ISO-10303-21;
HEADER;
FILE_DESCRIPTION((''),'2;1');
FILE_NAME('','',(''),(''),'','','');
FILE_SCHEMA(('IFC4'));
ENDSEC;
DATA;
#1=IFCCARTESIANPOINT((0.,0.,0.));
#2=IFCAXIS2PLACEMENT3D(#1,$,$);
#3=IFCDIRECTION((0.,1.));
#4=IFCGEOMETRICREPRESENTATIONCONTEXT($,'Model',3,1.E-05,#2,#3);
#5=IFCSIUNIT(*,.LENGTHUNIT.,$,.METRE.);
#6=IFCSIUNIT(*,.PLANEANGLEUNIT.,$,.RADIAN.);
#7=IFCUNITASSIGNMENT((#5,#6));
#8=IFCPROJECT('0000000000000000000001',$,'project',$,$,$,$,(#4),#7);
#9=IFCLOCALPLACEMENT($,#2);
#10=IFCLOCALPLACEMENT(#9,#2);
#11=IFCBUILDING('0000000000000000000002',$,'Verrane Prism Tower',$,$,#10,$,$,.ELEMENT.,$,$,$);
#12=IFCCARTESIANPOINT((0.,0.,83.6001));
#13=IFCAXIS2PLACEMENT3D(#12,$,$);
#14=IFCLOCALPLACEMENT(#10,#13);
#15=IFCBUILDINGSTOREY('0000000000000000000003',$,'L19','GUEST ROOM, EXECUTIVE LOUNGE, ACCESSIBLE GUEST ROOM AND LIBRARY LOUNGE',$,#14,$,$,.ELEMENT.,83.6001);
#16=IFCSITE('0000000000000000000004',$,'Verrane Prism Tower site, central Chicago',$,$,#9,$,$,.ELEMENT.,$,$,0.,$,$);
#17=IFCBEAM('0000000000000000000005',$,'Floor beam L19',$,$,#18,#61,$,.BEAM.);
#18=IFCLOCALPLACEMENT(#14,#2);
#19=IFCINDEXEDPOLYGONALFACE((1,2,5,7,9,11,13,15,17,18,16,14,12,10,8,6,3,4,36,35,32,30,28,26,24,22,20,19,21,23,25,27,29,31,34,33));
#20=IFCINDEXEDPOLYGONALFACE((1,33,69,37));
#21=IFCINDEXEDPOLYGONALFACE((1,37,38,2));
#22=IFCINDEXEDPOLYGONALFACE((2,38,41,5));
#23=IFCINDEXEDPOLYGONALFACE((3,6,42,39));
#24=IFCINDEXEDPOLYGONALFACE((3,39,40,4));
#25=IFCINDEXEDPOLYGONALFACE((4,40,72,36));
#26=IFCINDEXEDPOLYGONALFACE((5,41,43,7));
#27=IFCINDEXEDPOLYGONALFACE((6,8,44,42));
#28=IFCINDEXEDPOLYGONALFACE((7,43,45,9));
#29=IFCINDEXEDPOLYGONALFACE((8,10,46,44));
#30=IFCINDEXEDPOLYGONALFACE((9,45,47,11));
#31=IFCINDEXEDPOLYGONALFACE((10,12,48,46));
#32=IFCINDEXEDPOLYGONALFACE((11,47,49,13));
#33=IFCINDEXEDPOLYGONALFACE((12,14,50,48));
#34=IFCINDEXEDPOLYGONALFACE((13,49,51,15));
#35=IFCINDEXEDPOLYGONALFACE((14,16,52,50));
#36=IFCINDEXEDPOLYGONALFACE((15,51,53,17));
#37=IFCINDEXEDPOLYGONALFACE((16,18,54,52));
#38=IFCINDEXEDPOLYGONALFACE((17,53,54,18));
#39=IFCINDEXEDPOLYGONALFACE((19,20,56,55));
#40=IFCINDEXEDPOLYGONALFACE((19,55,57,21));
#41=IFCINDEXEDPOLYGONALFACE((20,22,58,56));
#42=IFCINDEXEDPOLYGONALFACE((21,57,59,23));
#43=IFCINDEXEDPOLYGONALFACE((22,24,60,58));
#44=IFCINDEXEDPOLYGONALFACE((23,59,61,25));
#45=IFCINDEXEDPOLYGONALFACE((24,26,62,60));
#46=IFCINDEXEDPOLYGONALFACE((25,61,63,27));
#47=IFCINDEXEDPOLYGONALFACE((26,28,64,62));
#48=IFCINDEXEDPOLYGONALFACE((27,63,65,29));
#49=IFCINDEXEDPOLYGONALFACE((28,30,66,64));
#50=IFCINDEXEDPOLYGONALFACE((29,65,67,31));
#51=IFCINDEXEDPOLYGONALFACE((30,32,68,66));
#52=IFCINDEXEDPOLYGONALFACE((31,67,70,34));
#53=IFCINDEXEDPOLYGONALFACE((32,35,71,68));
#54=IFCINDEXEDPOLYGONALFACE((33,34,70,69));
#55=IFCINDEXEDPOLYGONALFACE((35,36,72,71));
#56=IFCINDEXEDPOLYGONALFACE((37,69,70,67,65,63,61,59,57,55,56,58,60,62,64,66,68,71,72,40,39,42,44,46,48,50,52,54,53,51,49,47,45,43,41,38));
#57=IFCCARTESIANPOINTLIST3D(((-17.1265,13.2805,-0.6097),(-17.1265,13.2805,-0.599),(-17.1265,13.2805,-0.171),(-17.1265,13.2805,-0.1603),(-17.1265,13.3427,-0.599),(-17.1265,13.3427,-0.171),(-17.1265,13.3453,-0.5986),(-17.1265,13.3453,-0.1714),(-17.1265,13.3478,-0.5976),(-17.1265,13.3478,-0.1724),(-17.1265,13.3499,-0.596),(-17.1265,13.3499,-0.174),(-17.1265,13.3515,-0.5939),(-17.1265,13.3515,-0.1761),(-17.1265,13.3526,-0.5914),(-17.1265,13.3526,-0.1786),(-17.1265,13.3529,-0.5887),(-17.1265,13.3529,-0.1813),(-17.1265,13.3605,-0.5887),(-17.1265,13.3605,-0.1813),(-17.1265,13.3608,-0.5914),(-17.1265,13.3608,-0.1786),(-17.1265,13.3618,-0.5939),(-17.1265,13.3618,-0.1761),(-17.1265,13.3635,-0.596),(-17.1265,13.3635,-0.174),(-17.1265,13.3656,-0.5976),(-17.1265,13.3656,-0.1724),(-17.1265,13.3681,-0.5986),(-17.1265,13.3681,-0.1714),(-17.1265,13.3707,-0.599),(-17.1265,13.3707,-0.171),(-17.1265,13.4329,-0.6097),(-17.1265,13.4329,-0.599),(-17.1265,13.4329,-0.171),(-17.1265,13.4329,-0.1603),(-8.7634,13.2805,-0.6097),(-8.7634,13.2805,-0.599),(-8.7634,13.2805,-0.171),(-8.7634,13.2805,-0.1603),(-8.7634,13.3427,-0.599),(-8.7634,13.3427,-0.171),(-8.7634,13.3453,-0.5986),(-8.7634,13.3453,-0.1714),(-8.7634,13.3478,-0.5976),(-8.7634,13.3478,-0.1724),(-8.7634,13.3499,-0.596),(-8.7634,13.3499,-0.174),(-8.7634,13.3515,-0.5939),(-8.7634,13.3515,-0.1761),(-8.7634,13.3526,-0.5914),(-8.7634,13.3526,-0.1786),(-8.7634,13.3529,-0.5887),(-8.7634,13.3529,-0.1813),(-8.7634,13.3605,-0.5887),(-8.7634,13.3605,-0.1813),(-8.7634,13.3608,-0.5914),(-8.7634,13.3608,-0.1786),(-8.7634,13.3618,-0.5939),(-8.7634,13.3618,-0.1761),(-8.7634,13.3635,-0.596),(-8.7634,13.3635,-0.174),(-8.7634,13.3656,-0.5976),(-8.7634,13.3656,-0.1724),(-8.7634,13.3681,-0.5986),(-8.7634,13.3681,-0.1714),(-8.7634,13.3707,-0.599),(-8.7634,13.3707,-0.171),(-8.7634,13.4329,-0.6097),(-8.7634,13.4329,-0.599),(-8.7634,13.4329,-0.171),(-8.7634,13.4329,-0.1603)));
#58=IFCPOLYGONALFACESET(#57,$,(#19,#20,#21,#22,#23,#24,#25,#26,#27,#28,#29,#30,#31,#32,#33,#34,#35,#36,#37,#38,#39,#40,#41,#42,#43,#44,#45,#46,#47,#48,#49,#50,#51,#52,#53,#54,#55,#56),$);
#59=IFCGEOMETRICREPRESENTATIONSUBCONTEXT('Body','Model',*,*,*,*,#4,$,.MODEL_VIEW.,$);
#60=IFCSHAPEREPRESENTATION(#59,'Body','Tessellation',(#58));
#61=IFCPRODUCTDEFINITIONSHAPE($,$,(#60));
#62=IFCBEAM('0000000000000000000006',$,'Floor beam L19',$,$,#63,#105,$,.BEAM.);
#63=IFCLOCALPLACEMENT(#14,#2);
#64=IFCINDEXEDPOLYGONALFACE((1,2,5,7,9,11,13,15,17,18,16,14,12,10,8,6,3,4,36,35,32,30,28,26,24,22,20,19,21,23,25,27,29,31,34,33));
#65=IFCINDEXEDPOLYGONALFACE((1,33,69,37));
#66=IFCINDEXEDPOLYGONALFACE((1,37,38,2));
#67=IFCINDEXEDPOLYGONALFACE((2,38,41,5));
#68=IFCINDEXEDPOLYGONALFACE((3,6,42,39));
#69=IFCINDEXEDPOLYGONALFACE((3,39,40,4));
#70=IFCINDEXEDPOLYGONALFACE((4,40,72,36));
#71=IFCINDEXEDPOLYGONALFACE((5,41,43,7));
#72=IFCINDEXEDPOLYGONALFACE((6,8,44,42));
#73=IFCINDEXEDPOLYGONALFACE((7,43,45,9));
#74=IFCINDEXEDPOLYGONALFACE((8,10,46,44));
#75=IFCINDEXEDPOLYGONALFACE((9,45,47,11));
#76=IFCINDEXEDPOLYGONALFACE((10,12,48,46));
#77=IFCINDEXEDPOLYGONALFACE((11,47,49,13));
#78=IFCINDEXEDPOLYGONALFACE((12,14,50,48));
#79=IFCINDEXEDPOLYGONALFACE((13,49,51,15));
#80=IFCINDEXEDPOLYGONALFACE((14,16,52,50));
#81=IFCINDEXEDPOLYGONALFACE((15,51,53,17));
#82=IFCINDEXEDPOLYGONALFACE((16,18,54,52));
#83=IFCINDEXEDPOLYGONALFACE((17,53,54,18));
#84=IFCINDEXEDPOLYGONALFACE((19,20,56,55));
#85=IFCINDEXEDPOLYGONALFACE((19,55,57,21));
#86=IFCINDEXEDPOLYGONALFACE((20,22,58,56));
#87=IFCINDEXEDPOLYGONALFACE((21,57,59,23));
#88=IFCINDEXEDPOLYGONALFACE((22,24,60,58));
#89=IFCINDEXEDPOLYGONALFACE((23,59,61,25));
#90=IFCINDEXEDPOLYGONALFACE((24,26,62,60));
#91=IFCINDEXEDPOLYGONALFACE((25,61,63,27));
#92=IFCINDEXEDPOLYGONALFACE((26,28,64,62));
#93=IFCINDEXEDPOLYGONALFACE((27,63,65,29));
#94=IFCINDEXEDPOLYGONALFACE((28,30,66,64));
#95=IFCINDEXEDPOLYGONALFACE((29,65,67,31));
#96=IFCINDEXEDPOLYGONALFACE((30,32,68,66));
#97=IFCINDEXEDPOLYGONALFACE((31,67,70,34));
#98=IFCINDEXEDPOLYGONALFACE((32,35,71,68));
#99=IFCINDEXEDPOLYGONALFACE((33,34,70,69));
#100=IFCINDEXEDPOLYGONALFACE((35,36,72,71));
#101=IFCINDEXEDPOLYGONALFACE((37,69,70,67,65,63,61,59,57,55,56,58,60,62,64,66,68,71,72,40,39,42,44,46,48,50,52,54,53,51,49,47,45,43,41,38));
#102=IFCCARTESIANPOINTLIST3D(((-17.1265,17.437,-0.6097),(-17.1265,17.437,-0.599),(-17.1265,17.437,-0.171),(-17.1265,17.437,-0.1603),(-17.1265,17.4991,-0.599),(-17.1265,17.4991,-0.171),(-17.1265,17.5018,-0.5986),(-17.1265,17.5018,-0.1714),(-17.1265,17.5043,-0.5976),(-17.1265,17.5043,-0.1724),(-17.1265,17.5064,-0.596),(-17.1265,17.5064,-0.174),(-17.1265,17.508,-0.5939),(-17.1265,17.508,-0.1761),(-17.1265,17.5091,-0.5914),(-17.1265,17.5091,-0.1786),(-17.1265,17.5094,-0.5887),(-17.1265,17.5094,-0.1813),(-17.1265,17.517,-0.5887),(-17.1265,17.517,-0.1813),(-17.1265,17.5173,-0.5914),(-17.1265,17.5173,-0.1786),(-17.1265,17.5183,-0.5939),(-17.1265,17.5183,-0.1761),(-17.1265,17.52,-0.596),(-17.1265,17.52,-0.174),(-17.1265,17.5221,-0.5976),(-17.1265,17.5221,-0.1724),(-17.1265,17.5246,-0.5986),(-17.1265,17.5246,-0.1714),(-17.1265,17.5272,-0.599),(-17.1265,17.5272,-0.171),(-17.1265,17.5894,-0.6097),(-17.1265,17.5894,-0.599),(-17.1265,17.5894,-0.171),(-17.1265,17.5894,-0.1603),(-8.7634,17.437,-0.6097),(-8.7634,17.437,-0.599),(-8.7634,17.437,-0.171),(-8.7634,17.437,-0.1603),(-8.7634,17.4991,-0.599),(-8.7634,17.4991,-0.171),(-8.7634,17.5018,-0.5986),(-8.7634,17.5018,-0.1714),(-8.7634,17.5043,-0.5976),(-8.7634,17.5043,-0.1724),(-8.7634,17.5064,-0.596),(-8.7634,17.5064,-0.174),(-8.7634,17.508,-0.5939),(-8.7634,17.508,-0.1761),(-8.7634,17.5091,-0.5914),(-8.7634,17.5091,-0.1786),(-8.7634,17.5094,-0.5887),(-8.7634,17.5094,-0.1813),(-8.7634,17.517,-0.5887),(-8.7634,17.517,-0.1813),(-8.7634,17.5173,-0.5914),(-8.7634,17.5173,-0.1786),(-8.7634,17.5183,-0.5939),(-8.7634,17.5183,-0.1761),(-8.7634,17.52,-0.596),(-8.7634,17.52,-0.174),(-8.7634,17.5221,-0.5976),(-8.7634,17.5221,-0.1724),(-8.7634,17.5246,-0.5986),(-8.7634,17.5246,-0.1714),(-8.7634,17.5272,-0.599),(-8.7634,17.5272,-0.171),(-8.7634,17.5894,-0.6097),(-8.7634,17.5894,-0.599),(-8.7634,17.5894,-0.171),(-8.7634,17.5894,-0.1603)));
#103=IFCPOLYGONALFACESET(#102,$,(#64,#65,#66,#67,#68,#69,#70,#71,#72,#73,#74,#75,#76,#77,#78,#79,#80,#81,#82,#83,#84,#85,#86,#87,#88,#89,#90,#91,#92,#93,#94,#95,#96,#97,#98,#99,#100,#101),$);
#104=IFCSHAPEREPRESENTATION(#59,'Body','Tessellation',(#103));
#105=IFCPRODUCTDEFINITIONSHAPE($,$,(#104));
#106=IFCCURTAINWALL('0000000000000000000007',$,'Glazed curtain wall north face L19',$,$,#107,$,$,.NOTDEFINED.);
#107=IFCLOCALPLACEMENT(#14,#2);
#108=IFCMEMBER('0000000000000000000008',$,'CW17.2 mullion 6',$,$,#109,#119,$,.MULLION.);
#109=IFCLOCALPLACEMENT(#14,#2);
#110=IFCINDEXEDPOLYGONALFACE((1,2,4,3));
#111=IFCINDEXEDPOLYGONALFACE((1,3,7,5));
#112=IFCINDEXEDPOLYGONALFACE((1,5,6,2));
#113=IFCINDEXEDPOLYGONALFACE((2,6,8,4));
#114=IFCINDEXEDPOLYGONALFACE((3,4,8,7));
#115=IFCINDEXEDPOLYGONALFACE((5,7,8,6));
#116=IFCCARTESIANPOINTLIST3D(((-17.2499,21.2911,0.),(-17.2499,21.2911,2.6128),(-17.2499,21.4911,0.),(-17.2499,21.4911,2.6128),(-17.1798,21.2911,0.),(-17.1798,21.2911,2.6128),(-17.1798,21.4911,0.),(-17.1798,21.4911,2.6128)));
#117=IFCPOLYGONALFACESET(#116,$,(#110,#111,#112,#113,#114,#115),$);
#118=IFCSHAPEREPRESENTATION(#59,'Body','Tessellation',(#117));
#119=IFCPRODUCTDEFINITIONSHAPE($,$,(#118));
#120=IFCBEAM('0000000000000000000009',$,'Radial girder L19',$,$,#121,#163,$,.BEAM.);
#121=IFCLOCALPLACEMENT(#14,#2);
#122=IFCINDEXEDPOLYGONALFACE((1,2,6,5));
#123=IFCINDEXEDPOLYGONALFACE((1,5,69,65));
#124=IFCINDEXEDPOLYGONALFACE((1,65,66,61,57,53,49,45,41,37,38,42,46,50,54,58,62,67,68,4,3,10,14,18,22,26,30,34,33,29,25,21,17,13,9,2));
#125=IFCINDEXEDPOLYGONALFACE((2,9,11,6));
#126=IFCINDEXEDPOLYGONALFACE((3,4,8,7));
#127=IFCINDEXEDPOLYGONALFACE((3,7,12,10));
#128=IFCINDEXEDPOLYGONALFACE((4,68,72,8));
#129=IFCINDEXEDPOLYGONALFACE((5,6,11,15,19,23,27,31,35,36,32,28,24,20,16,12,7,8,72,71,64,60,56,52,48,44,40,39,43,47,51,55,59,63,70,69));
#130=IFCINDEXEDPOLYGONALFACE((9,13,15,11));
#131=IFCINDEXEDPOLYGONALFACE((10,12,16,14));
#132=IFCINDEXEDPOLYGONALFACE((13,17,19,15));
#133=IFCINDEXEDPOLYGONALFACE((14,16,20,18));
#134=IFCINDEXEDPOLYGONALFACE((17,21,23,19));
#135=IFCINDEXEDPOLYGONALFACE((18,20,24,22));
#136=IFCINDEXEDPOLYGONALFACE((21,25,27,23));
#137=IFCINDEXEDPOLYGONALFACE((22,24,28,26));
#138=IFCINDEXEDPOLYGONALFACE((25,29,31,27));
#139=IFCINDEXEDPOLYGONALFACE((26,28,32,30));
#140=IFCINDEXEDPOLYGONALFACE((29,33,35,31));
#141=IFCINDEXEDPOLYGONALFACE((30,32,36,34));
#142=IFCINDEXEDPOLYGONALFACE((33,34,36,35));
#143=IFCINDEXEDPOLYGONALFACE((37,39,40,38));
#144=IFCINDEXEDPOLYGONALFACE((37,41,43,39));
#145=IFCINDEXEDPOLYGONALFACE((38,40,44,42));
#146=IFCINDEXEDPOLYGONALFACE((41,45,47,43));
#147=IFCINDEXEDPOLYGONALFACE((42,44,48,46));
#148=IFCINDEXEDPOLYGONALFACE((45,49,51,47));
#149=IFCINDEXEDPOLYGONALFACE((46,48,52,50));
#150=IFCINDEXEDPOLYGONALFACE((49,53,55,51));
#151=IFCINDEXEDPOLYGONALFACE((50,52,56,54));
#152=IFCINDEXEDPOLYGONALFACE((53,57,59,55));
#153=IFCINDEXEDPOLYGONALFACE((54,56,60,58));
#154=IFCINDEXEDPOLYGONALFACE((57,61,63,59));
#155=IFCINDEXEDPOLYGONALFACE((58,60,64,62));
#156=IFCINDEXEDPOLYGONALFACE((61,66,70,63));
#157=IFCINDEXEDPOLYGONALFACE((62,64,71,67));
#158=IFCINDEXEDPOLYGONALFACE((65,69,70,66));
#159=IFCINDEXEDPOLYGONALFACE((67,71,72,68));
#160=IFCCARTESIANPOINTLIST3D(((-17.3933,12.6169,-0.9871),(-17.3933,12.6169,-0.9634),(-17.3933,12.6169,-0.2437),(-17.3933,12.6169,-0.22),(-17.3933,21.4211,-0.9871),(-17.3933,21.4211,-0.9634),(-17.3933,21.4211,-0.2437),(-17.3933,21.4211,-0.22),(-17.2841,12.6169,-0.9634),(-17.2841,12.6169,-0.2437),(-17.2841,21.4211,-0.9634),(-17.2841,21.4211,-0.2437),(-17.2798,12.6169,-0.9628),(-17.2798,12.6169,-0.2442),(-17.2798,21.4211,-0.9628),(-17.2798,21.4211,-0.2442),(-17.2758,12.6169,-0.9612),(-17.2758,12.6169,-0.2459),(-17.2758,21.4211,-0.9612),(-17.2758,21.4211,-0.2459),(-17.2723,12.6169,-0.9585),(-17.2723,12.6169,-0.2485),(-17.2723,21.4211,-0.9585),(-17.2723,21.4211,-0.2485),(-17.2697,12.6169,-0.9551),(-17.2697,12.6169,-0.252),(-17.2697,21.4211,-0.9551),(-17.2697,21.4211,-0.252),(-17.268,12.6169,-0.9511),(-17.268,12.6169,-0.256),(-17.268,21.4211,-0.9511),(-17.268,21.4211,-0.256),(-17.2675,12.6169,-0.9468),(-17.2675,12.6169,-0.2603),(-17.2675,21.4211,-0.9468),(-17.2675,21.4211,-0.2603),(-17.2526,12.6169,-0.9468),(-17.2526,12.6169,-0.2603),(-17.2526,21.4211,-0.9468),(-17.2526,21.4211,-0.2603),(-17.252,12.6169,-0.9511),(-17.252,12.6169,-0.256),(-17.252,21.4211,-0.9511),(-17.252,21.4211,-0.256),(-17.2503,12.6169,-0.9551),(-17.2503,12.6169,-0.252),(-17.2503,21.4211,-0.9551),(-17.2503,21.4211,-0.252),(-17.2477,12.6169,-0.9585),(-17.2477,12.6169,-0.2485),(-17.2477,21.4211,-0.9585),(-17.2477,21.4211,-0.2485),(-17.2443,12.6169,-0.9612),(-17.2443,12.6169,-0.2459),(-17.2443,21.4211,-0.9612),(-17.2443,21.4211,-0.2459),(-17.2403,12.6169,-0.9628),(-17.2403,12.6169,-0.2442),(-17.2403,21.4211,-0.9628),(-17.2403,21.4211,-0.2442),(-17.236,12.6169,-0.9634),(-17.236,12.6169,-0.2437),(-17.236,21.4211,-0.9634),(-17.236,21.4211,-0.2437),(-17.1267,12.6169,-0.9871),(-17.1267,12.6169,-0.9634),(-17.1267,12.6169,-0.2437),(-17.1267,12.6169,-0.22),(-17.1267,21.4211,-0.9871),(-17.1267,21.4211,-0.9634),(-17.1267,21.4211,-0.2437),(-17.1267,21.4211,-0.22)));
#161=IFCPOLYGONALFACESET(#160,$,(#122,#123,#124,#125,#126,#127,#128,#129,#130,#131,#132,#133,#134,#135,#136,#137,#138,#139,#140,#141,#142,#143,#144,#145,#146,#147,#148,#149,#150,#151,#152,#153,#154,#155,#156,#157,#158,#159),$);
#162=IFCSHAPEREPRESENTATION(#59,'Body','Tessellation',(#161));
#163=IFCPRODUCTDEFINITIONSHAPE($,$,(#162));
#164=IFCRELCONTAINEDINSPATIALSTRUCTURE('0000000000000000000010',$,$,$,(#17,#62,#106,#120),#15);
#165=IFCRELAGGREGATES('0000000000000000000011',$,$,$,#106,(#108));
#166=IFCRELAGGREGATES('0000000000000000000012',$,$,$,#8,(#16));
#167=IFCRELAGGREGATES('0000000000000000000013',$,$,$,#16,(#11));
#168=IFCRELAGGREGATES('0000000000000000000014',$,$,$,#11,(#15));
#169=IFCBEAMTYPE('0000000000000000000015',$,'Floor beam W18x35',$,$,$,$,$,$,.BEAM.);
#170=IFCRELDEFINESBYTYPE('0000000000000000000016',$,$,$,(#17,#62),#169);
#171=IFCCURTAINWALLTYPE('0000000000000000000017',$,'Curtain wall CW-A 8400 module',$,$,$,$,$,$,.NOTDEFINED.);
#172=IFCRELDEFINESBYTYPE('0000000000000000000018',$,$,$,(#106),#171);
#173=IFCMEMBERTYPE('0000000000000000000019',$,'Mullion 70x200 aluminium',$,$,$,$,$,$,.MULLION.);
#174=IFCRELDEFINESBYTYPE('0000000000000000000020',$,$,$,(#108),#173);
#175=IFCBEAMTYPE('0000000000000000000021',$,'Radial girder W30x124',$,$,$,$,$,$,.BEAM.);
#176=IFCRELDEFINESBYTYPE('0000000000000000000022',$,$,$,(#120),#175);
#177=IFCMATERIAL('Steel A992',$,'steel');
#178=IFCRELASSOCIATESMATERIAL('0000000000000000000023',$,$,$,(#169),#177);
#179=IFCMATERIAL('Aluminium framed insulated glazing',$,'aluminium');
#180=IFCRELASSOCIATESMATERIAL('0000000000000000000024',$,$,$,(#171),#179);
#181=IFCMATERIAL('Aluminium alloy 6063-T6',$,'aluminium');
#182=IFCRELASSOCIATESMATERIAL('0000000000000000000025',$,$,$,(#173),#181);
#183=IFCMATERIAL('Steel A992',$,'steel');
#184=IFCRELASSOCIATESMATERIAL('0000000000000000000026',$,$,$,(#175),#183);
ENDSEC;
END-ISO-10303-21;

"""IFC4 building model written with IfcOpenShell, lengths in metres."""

from ifc_helpers import new_model, si_unit, direction, frame, origin, origin_2d, place, context, subcontext, project, spatial, rectangle, i_section, extrude, material, material_profile, profile_set, type_object, element, aggregate, save


model = new_model("IFC4")

# Units and contexts
model_context = context("Model", 3, precision=1e-05, world=origin(), true_north=direction((0.0, 1.0)))
body_context = subcontext(model_context, "Body", "Model", "MODEL_VIEW")
ifc_project = project(units=[si_unit("LENGTHUNIT", "METRE"), si_unit("PLANEANGLEUNIT", "RADIAN")], contexts=[model_context])

# Site, building, storey
site_placement = place(None, origin())
site = spatial("IfcSite", under=ifc_project, at=site_placement, Name="Verrane Prism Tower site, central Chicago", CompositionType="ELEMENT", RefElevation=0.0)
building_placement = place(site_placement, origin())
building = spatial("IfcBuilding", under=site, at=building_placement, Name="Verrane Prism Tower", CompositionType="ELEMENT")
storey_placement = place(building_placement, frame((0.0, 0.0, 83.6001)))
storey = spatial("IfcBuildingStorey", under=building, at=storey_placement, Name="L19", Description="GUEST ROOM, EXECUTIVE LOUNGE, ACCESSIBLE GUEST ROOM AND LIBRARY LOUNGE", CompositionType="ELEMENT", Elevation=83.6001)

# Beams
ifc_material_1 = material(Name="Steel A992", Category="steel")
ifc_material_profile_1 = material_profile(ifc_material_1, i_section(OverallWidth=0.1523, OverallDepth=0.4495, WebThickness=0.0076, FlangeThickness=0.0107, FilletRadius=0.0103, at=origin_2d()), Name="W18x35")
ifc_profile_set_1 = profile_set([ifc_material_profile_1], Name="Steel A992")
beam_type_1 = type_object("IfcBeamType", Name="Floor beam W18x35", PredefinedType="BEAM", material=ifc_profile_set_1)
for number, where, z_axis, x_axis, name in (
    (1, (-17.1265, 13.3567, -0.385), (1.0, 0.0, 0.0), (0.0, 1.0, 0.0), "Floor beam L19"),
    (2, (-17.1265, 17.5132, -0.385), (1.0, 0.0, 0.0), (0.0, 1.0, 0.0), "Floor beam L19"),
):
    element("IfcBeam", number, at=place(storey_placement, frame(where, z_axis=z_axis, x_axis=x_axis)), inside=storey, type_object=beam_type_1, Name=name, PredefinedType="BEAM", context=body_context, shape_type="SweptSolid", body=[
        extrude(i_section(OverallWidth=0.1523, OverallDepth=0.4495, WebThickness=0.0076, FlangeThickness=0.0107, FilletRadius=0.0103, at=origin_2d()), origin(), (0.0, 0.0, 1.0), 8.363),
    ])

# Curtain wall, member
ifc_material_2 = material(Name="Aluminium framed insulated glazing", Category="aluminium")
curtain_wall_type = type_object("IfcCurtainWallType", Name="Curtain wall CW-A 8400 module", PredefinedType="NOTDEFINED", material=ifc_material_2)
curtain_wall_placement = place(storey_placement, origin())
curtain_wall = element("IfcCurtainWall", 3, at=curtain_wall_placement, inside=storey, type_object=curtain_wall_type, Name="Glazed curtain wall north face L19", PredefinedType="NOTDEFINED")
ifc_material_3 = material(Name="Aluminium alloy 6063-T6", Category="aluminium")
ifc_material_profile_2 = material_profile(ifc_material_3, rectangle(XDim=0.2, YDim=0.0701, at=origin_2d()), Name="Mullion 70x200 aluminium")
ifc_profile_set_2 = profile_set([ifc_material_profile_2], Name="Aluminium alloy 6063-T6")
member_type_1 = type_object("IfcMemberType", Name="Mullion 70x200 aluminium", PredefinedType="MULLION", material=ifc_profile_set_2)
member_1_placement = place(storey_placement, frame((-17.2148, 21.3911, 0.0), z_axis=(0.0, 0.0, 1.0), x_axis=(0.0, -1.0, 0.0)))
member_1 = element("IfcMember", 4, at=member_1_placement, type_object=member_type_1, Name="CW17.2 mullion 6", PredefinedType="MULLION", context=body_context, shape_type="SweptSolid", body=[
    extrude(rectangle(XDim=0.2, YDim=0.0701, at=origin_2d()), origin(), (0.0, 0.0, 1.0), 2.6128),
])

# Beam
ifc_material_4 = material(Name="Steel A992", Category="steel")
ifc_material_profile_3 = material_profile(ifc_material_4, i_section(OverallWidth=0.2666, OverallDepth=0.7671, WebThickness=0.0149, FlangeThickness=0.0237, FilletRadius=0.0166, at=origin_2d()), Name="W30x124")
ifc_profile_set_3 = profile_set([ifc_material_profile_3], Name="Steel A992")
beam_type_2 = type_object("IfcBeamType", Name="Radial girder W30x124", PredefinedType="BEAM", material=ifc_profile_set_3)
beam_1_placement = place(storey_placement, frame((-17.26, 21.4211, -0.6035), z_axis=(0.0, -1.0, 0.0), x_axis=(1.0, 0.0, 0.0)))
element("IfcBeam", 5, at=beam_1_placement, inside=storey, type_object=beam_type_2, Name="Radial girder L19", PredefinedType="BEAM", context=body_context, shape_type="SweptSolid", body=[
    extrude(i_section(OverallWidth=0.2666, OverallDepth=0.7671, WebThickness=0.0149, FlangeThickness=0.0237, FilletRadius=0.0166, at=origin_2d()), origin(), (0.0, 0.0, 1.0), 8.8042),
])

aggregate(curtain_wall, [member_1])

save(model, "model.ifc")
